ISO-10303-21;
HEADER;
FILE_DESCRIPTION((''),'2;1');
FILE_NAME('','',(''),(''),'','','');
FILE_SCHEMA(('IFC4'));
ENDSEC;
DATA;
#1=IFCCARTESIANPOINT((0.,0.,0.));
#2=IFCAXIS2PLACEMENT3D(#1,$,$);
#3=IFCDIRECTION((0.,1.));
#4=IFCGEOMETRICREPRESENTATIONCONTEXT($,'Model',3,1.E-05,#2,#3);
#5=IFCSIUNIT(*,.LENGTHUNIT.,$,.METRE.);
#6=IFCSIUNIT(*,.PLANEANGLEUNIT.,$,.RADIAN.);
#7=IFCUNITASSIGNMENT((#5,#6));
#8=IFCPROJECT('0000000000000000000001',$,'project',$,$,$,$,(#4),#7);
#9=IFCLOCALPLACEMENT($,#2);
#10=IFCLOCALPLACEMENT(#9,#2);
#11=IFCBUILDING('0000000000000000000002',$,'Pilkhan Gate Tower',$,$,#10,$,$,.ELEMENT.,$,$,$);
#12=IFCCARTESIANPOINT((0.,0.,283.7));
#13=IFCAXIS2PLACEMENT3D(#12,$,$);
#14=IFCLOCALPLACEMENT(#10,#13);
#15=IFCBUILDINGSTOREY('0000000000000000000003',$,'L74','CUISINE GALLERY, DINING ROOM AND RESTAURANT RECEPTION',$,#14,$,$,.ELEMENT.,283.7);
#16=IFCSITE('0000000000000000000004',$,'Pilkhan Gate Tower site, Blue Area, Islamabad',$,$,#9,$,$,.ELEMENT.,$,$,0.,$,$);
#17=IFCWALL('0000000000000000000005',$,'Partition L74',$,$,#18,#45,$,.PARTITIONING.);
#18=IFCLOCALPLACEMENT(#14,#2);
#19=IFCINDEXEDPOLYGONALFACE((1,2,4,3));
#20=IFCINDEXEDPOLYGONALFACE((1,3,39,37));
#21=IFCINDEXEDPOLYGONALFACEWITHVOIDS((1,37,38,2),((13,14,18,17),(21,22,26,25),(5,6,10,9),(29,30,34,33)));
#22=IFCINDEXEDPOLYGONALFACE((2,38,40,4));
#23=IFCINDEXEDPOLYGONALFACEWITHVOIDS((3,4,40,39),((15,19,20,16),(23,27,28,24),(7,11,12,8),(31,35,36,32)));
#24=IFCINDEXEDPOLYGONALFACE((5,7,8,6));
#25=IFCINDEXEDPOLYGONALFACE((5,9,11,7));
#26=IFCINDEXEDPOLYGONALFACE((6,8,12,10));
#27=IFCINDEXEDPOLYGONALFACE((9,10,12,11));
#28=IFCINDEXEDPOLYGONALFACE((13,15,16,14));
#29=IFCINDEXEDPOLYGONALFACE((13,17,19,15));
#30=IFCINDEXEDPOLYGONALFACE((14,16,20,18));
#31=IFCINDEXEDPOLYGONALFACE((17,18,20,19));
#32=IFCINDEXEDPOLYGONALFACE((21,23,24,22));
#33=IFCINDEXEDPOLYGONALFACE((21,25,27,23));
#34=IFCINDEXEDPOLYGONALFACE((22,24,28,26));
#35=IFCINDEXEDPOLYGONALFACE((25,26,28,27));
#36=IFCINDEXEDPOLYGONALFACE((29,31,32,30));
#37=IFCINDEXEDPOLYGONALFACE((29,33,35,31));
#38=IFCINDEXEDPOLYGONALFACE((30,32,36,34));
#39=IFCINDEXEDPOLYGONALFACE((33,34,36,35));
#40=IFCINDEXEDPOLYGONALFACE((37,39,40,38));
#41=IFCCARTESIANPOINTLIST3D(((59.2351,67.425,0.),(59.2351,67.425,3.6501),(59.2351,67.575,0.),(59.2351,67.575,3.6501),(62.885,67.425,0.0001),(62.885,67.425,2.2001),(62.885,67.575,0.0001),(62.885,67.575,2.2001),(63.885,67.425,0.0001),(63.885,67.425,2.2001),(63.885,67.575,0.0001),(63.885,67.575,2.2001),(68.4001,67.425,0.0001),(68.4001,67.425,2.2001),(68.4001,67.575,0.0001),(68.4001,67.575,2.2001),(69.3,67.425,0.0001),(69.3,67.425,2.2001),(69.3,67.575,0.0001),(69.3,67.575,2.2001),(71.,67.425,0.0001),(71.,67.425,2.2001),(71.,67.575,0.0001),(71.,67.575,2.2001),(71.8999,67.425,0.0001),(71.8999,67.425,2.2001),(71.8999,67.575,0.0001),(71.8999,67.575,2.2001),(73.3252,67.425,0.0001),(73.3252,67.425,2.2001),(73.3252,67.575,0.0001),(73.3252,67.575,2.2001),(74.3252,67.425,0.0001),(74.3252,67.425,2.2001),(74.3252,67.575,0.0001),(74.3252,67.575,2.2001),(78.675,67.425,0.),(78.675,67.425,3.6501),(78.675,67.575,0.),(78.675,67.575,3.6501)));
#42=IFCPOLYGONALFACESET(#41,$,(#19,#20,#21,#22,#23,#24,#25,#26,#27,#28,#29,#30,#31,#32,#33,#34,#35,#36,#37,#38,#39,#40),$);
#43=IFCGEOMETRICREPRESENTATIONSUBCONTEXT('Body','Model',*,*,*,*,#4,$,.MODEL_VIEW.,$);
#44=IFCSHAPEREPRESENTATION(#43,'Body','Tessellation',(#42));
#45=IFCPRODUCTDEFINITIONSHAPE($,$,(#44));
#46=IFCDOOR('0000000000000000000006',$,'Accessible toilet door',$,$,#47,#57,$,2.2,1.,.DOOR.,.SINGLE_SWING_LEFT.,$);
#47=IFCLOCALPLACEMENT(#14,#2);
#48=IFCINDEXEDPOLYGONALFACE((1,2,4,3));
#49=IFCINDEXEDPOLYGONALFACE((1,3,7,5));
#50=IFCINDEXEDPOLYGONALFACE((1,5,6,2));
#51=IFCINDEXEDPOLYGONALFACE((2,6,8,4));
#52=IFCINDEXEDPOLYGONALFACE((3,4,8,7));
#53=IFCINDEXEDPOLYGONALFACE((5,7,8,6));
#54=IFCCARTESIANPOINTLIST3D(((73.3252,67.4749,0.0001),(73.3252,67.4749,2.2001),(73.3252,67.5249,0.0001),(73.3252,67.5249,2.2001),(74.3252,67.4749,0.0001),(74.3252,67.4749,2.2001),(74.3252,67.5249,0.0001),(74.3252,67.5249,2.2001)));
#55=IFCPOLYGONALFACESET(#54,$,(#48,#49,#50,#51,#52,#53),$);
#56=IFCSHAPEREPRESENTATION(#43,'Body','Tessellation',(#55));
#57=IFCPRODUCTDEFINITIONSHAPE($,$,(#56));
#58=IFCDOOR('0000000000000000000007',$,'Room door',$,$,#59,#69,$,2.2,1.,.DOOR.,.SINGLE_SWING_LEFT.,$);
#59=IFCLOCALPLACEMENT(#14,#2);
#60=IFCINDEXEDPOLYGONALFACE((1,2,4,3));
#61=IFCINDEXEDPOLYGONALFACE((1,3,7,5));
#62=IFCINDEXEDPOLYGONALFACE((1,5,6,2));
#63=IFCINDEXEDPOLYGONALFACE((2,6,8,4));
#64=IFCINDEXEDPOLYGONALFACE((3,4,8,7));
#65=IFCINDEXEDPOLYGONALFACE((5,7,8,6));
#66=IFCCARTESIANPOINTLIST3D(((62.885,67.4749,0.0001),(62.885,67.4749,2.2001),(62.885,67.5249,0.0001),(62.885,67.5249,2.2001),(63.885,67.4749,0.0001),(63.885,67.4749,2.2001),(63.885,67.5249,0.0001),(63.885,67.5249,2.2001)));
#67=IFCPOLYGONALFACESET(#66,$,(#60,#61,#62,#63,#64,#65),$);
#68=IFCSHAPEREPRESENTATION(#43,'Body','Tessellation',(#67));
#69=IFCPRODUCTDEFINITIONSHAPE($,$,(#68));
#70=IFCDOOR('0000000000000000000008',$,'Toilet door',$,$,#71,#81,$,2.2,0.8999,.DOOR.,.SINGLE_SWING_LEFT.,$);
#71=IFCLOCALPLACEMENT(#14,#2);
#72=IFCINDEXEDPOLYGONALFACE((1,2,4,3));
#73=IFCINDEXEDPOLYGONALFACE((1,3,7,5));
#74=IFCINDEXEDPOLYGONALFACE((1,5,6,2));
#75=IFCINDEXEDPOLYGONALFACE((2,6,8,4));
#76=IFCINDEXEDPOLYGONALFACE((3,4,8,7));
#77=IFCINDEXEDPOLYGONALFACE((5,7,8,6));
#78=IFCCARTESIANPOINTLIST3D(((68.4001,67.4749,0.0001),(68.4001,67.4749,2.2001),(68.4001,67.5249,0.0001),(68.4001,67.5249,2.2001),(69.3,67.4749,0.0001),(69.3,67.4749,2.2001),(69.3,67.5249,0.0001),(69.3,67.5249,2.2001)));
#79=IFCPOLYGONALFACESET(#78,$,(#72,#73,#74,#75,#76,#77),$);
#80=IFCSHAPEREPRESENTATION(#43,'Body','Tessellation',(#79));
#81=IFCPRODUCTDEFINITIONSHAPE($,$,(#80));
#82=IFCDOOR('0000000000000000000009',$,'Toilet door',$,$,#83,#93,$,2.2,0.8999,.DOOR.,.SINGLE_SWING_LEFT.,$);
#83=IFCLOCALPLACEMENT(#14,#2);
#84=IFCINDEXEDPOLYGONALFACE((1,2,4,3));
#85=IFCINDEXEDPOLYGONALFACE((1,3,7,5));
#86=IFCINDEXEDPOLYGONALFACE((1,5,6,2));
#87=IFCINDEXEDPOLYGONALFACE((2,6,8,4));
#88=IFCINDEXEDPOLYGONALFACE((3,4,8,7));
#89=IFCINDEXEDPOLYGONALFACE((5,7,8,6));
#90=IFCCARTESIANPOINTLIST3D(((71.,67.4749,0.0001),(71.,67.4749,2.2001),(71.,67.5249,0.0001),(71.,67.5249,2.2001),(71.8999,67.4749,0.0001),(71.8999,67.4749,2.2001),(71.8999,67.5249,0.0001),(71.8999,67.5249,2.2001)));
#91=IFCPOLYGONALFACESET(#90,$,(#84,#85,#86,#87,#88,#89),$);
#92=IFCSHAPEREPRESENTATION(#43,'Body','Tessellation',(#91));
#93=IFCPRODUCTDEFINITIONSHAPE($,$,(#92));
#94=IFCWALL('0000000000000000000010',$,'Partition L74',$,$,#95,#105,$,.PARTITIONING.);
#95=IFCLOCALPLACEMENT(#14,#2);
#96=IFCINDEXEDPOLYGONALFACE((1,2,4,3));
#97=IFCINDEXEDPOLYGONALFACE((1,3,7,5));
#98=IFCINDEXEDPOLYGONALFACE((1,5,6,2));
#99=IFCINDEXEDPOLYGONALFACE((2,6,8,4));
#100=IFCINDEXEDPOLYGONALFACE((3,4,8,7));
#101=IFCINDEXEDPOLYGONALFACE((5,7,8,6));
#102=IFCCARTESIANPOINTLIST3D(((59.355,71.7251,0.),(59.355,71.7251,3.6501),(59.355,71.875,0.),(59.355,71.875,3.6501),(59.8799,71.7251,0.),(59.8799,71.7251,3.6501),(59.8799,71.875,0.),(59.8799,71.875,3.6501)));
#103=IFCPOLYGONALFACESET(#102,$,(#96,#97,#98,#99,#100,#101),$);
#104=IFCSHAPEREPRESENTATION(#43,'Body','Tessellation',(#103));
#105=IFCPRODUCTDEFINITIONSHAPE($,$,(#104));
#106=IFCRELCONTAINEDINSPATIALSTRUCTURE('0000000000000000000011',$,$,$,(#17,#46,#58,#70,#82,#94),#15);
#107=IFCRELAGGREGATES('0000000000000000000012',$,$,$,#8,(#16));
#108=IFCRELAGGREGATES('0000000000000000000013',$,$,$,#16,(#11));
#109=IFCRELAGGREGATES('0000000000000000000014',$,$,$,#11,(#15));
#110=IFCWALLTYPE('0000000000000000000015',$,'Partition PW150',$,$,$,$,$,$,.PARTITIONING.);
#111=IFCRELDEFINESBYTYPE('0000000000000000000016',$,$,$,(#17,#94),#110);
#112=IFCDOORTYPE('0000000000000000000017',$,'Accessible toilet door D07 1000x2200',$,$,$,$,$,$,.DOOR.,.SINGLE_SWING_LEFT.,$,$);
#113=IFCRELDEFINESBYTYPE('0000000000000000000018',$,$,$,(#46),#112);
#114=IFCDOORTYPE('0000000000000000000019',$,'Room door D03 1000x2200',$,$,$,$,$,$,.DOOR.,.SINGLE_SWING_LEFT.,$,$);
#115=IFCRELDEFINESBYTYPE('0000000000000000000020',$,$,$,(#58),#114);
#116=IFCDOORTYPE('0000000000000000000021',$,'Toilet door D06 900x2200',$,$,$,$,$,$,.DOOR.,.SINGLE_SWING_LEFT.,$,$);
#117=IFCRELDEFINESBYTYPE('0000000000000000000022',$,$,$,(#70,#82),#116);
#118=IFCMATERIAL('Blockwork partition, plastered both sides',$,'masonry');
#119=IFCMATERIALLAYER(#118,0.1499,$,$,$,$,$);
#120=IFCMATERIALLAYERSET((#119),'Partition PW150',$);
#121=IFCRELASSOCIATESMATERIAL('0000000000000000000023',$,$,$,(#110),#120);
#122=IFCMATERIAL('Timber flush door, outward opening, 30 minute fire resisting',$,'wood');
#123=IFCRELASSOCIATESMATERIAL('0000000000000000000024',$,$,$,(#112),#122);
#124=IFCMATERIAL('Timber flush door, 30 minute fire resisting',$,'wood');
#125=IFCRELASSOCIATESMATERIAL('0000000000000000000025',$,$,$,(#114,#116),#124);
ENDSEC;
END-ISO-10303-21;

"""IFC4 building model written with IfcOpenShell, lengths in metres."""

from ifc_helpers import new_model, si_unit, direction, frame, frame_2d, origin, place, context, subcontext, project, spatial, rectangle, extrude, material, layer, layer_set, type_object, element, fill, save


model = new_model("IFC4")

# Units and contexts
model_context = context("Model", 3, precision=1e-05, world=origin(), true_north=direction((0.0, 1.0)))
body_context = subcontext(model_context, "Body", "Model", "MODEL_VIEW")
ifc_project = project(units=[si_unit("LENGTHUNIT", "METRE"), si_unit("PLANEANGLEUNIT", "RADIAN")], contexts=[model_context])

# Site, building, storey
site_placement = place(None, origin())
site = spatial("IfcSite", under=ifc_project, at=site_placement, Name="Pilkhan Gate Tower site, Blue Area, Islamabad", CompositionType="ELEMENT", RefElevation=0.0)
building_placement = place(site_placement, origin())
building = spatial("IfcBuilding", under=site, at=building_placement, Name="Pilkhan Gate Tower", CompositionType="ELEMENT")
storey_placement = place(building_placement, frame((0.0, 0.0, 283.7)))
storey = spatial("IfcBuildingStorey", under=building, at=storey_placement, Name="L74", Description="CUISINE GALLERY, DINING ROOM AND RESTAURANT RECEPTION", CompositionType="ELEMENT", Elevation=283.7)

# Shared definitions
ifc_material_1 = material(Name="Blockwork partition, plastered both sides", Category="masonry")
ifc_layer_1 = layer(ifc_material_1, 0.1499)
ifc_layer_set_1 = layer_set([ifc_layer_1], Name="Partition PW150")
wall_type = type_object("IfcWallType", Name="Partition PW150", PredefinedType="PARTITIONING", material=ifc_layer_set_1)

# Wall, openings, doors
wall_1_placement = place(storey_placement, frame((59.2351, 67.5, 0.0), z_axis=(0.0, 0.0, 1.0), x_axis=(1.0, 0.0, 0.0)))
wall_1 = element("IfcWall", 1, at=wall_1_placement, inside=storey, type_object=wall_type, Name="Partition L74", PredefinedType="PARTITIONING", context=body_context, shape_type="SweptSolid", body=[
    extrude(rectangle(XDim=19.4399, YDim=0.1499, at=frame_2d((9.72, 0.0))), origin(), (0.0, 0.0, 1.0), 3.6501),
])
opening_1_placement = place(wall_1_placement, frame((9.165, 0.0, 0.0)))
opening_1 = element("IfcOpeningElement", 2, at=opening_1_placement, cuts=wall_1, PredefinedType="OPENING", context=body_context, shape_type="SweptSolid", body=[
    extrude(rectangle(XDim=0.8999, YDim=2.2, at=frame_2d((0.45, 1.1001))), frame((0.0, 0.085, 0.0), z_axis=(0.0, -1.0, 0.0), x_axis=(1.0, 0.0, 0.0)), (0.0, 0.0, 1.0), 0.1699),
])
opening_2_placement = place(wall_1_placement, frame((11.7649, 0.0, 0.0)))
opening_2 = element("IfcOpeningElement", 3, at=opening_2_placement, cuts=wall_1, PredefinedType="OPENING", context=body_context, shape_type="SweptSolid", body=[
    extrude(rectangle(XDim=0.8999, YDim=2.2, at=frame_2d((0.45, 1.1001))), frame((0.0, 0.085, 0.0), z_axis=(0.0, -1.0, 0.0), x_axis=(1.0, 0.0, 0.0)), (0.0, 0.0, 1.0), 0.1699),
])
opening_3_placement = place(wall_1_placement, frame((14.0901, 0.0, 0.0)))
opening_3 = element("IfcOpeningElement", 4, at=opening_3_placement, cuts=wall_1, PredefinedType="OPENING", context=body_context, shape_type="SweptSolid", body=[
    extrude(rectangle(XDim=1.0, YDim=2.2, at=frame_2d((0.5, 1.1001))), frame((0.0, 0.085, 0.0), z_axis=(0.0, -1.0, 0.0), x_axis=(1.0, 0.0, 0.0)), (0.0, 0.0, 1.0), 0.1699),
])
opening_4_placement = place(wall_1_placement, frame((3.6499, 0.0, 0.0)))
opening_4 = element("IfcOpeningElement", 5, at=opening_4_placement, cuts=wall_1, PredefinedType="OPENING", context=body_context, shape_type="SweptSolid", body=[
    extrude(rectangle(XDim=1.0, YDim=2.2, at=frame_2d((0.5, 1.1001))), frame((0.0, 0.085, 0.0), z_axis=(0.0, -1.0, 0.0), x_axis=(1.0, 0.0, 0.0)), (0.0, 0.0, 1.0), 0.1699),
])
ifc_material_2 = material(Name="Timber flush door, outward opening, 30 minute fire resisting", Category="wood")
door_type_1 = type_object("IfcDoorType", Name="Accessible toilet door D07 1000x2200", OperationType="SINGLE_SWING_LEFT", PredefinedType="DOOR", material=ifc_material_2)
door_1_placement = place(opening_3_placement, origin())
door_1 = element("IfcDoor", 6, at=door_1_placement, inside=storey, type_object=door_type_1, Name="Accessible toilet door", OperationType="SINGLE_SWING_LEFT", OverallHeight=2.2, OverallWidth=1.0, PredefinedType="DOOR", context=body_context, shape_type="SweptSolid", body=[
    extrude(rectangle(XDim=1.0, YDim=2.2, at=frame_2d((0.5, 1.1001))), frame((0.0, 0.0249, 0.0), z_axis=(0.0, -1.0, 0.0), x_axis=(1.0, 0.0, 0.0)), (0.0, 0.0, 1.0), 0.05),
])
fill(opening_3, door_1)
ifc_material_3 = material(Name="Timber flush door, 30 minute fire resisting", Category="wood")
door_type_2 = type_object("IfcDoorType", Name="Room door D03 1000x2200", OperationType="SINGLE_SWING_LEFT", PredefinedType="DOOR", material=ifc_material_3)
door_2_placement = place(opening_4_placement, origin())
door_2 = element("IfcDoor", 7, at=door_2_placement, inside=storey, type_object=door_type_2, Name="Room door", OperationType="SINGLE_SWING_LEFT", OverallHeight=2.2, OverallWidth=1.0, PredefinedType="DOOR", context=body_context, shape_type="SweptSolid", body=[
    extrude(rectangle(XDim=1.0, YDim=2.2, at=frame_2d((0.5, 1.1001))), frame((0.0, 0.0249, 0.0), z_axis=(0.0, -1.0, 0.0), x_axis=(1.0, 0.0, 0.0)), (0.0, 0.0, 1.0), 0.05),
])
fill(opening_4, door_2)
door_type_3 = type_object("IfcDoorType", Name="Toilet door D06 900x2200", OperationType="SINGLE_SWING_LEFT", PredefinedType="DOOR", material=ifc_material_3)
door_3_placement = place(opening_1_placement, origin())
door_3 = element("IfcDoor", 8, at=door_3_placement, inside=storey, type_object=door_type_3, Name="Toilet door", OperationType="SINGLE_SWING_LEFT", OverallHeight=2.2, OverallWidth=0.8999, PredefinedType="DOOR", context=body_context, shape_type="SweptSolid", body=[
    extrude(rectangle(XDim=0.8999, YDim=2.2, at=frame_2d((0.45, 1.1001))), frame((0.0, 0.0249, 0.0), z_axis=(0.0, -1.0, 0.0), x_axis=(1.0, 0.0, 0.0)), (0.0, 0.0, 1.0), 0.05),
])
fill(opening_1, door_3)
door_4_placement = place(opening_2_placement, origin())
door_4 = element("IfcDoor", 9, at=door_4_placement, inside=storey, type_object=door_type_3, Name="Toilet door", OperationType="SINGLE_SWING_LEFT", OverallHeight=2.2, OverallWidth=0.8999, PredefinedType="DOOR", context=body_context, shape_type="SweptSolid", body=[
    extrude(rectangle(XDim=0.8999, YDim=2.2, at=frame_2d((0.45, 1.1001))), frame((0.0, 0.0249, 0.0), z_axis=(0.0, -1.0, 0.0), x_axis=(1.0, 0.0, 0.0)), (0.0, 0.0, 1.0), 0.05),
])
fill(opening_2, door_4)

# Wall
wall_2_placement = place(storey_placement, frame((59.355, 71.8, 0.0), z_axis=(0.0, 0.0, 1.0), x_axis=(1.0, 0.0, 0.0)))
element("IfcWall", 10, at=wall_2_placement, inside=storey, type_object=wall_type, Name="Partition L74", PredefinedType="PARTITIONING", context=body_context, shape_type="SweptSolid", body=[
    extrude(rectangle(XDim=0.5249, YDim=0.1499, at=frame_2d((0.2625, 0.0))), origin(), (0.0, 0.0, 1.0), 3.6501),
])

save(model, "model.ifc")
